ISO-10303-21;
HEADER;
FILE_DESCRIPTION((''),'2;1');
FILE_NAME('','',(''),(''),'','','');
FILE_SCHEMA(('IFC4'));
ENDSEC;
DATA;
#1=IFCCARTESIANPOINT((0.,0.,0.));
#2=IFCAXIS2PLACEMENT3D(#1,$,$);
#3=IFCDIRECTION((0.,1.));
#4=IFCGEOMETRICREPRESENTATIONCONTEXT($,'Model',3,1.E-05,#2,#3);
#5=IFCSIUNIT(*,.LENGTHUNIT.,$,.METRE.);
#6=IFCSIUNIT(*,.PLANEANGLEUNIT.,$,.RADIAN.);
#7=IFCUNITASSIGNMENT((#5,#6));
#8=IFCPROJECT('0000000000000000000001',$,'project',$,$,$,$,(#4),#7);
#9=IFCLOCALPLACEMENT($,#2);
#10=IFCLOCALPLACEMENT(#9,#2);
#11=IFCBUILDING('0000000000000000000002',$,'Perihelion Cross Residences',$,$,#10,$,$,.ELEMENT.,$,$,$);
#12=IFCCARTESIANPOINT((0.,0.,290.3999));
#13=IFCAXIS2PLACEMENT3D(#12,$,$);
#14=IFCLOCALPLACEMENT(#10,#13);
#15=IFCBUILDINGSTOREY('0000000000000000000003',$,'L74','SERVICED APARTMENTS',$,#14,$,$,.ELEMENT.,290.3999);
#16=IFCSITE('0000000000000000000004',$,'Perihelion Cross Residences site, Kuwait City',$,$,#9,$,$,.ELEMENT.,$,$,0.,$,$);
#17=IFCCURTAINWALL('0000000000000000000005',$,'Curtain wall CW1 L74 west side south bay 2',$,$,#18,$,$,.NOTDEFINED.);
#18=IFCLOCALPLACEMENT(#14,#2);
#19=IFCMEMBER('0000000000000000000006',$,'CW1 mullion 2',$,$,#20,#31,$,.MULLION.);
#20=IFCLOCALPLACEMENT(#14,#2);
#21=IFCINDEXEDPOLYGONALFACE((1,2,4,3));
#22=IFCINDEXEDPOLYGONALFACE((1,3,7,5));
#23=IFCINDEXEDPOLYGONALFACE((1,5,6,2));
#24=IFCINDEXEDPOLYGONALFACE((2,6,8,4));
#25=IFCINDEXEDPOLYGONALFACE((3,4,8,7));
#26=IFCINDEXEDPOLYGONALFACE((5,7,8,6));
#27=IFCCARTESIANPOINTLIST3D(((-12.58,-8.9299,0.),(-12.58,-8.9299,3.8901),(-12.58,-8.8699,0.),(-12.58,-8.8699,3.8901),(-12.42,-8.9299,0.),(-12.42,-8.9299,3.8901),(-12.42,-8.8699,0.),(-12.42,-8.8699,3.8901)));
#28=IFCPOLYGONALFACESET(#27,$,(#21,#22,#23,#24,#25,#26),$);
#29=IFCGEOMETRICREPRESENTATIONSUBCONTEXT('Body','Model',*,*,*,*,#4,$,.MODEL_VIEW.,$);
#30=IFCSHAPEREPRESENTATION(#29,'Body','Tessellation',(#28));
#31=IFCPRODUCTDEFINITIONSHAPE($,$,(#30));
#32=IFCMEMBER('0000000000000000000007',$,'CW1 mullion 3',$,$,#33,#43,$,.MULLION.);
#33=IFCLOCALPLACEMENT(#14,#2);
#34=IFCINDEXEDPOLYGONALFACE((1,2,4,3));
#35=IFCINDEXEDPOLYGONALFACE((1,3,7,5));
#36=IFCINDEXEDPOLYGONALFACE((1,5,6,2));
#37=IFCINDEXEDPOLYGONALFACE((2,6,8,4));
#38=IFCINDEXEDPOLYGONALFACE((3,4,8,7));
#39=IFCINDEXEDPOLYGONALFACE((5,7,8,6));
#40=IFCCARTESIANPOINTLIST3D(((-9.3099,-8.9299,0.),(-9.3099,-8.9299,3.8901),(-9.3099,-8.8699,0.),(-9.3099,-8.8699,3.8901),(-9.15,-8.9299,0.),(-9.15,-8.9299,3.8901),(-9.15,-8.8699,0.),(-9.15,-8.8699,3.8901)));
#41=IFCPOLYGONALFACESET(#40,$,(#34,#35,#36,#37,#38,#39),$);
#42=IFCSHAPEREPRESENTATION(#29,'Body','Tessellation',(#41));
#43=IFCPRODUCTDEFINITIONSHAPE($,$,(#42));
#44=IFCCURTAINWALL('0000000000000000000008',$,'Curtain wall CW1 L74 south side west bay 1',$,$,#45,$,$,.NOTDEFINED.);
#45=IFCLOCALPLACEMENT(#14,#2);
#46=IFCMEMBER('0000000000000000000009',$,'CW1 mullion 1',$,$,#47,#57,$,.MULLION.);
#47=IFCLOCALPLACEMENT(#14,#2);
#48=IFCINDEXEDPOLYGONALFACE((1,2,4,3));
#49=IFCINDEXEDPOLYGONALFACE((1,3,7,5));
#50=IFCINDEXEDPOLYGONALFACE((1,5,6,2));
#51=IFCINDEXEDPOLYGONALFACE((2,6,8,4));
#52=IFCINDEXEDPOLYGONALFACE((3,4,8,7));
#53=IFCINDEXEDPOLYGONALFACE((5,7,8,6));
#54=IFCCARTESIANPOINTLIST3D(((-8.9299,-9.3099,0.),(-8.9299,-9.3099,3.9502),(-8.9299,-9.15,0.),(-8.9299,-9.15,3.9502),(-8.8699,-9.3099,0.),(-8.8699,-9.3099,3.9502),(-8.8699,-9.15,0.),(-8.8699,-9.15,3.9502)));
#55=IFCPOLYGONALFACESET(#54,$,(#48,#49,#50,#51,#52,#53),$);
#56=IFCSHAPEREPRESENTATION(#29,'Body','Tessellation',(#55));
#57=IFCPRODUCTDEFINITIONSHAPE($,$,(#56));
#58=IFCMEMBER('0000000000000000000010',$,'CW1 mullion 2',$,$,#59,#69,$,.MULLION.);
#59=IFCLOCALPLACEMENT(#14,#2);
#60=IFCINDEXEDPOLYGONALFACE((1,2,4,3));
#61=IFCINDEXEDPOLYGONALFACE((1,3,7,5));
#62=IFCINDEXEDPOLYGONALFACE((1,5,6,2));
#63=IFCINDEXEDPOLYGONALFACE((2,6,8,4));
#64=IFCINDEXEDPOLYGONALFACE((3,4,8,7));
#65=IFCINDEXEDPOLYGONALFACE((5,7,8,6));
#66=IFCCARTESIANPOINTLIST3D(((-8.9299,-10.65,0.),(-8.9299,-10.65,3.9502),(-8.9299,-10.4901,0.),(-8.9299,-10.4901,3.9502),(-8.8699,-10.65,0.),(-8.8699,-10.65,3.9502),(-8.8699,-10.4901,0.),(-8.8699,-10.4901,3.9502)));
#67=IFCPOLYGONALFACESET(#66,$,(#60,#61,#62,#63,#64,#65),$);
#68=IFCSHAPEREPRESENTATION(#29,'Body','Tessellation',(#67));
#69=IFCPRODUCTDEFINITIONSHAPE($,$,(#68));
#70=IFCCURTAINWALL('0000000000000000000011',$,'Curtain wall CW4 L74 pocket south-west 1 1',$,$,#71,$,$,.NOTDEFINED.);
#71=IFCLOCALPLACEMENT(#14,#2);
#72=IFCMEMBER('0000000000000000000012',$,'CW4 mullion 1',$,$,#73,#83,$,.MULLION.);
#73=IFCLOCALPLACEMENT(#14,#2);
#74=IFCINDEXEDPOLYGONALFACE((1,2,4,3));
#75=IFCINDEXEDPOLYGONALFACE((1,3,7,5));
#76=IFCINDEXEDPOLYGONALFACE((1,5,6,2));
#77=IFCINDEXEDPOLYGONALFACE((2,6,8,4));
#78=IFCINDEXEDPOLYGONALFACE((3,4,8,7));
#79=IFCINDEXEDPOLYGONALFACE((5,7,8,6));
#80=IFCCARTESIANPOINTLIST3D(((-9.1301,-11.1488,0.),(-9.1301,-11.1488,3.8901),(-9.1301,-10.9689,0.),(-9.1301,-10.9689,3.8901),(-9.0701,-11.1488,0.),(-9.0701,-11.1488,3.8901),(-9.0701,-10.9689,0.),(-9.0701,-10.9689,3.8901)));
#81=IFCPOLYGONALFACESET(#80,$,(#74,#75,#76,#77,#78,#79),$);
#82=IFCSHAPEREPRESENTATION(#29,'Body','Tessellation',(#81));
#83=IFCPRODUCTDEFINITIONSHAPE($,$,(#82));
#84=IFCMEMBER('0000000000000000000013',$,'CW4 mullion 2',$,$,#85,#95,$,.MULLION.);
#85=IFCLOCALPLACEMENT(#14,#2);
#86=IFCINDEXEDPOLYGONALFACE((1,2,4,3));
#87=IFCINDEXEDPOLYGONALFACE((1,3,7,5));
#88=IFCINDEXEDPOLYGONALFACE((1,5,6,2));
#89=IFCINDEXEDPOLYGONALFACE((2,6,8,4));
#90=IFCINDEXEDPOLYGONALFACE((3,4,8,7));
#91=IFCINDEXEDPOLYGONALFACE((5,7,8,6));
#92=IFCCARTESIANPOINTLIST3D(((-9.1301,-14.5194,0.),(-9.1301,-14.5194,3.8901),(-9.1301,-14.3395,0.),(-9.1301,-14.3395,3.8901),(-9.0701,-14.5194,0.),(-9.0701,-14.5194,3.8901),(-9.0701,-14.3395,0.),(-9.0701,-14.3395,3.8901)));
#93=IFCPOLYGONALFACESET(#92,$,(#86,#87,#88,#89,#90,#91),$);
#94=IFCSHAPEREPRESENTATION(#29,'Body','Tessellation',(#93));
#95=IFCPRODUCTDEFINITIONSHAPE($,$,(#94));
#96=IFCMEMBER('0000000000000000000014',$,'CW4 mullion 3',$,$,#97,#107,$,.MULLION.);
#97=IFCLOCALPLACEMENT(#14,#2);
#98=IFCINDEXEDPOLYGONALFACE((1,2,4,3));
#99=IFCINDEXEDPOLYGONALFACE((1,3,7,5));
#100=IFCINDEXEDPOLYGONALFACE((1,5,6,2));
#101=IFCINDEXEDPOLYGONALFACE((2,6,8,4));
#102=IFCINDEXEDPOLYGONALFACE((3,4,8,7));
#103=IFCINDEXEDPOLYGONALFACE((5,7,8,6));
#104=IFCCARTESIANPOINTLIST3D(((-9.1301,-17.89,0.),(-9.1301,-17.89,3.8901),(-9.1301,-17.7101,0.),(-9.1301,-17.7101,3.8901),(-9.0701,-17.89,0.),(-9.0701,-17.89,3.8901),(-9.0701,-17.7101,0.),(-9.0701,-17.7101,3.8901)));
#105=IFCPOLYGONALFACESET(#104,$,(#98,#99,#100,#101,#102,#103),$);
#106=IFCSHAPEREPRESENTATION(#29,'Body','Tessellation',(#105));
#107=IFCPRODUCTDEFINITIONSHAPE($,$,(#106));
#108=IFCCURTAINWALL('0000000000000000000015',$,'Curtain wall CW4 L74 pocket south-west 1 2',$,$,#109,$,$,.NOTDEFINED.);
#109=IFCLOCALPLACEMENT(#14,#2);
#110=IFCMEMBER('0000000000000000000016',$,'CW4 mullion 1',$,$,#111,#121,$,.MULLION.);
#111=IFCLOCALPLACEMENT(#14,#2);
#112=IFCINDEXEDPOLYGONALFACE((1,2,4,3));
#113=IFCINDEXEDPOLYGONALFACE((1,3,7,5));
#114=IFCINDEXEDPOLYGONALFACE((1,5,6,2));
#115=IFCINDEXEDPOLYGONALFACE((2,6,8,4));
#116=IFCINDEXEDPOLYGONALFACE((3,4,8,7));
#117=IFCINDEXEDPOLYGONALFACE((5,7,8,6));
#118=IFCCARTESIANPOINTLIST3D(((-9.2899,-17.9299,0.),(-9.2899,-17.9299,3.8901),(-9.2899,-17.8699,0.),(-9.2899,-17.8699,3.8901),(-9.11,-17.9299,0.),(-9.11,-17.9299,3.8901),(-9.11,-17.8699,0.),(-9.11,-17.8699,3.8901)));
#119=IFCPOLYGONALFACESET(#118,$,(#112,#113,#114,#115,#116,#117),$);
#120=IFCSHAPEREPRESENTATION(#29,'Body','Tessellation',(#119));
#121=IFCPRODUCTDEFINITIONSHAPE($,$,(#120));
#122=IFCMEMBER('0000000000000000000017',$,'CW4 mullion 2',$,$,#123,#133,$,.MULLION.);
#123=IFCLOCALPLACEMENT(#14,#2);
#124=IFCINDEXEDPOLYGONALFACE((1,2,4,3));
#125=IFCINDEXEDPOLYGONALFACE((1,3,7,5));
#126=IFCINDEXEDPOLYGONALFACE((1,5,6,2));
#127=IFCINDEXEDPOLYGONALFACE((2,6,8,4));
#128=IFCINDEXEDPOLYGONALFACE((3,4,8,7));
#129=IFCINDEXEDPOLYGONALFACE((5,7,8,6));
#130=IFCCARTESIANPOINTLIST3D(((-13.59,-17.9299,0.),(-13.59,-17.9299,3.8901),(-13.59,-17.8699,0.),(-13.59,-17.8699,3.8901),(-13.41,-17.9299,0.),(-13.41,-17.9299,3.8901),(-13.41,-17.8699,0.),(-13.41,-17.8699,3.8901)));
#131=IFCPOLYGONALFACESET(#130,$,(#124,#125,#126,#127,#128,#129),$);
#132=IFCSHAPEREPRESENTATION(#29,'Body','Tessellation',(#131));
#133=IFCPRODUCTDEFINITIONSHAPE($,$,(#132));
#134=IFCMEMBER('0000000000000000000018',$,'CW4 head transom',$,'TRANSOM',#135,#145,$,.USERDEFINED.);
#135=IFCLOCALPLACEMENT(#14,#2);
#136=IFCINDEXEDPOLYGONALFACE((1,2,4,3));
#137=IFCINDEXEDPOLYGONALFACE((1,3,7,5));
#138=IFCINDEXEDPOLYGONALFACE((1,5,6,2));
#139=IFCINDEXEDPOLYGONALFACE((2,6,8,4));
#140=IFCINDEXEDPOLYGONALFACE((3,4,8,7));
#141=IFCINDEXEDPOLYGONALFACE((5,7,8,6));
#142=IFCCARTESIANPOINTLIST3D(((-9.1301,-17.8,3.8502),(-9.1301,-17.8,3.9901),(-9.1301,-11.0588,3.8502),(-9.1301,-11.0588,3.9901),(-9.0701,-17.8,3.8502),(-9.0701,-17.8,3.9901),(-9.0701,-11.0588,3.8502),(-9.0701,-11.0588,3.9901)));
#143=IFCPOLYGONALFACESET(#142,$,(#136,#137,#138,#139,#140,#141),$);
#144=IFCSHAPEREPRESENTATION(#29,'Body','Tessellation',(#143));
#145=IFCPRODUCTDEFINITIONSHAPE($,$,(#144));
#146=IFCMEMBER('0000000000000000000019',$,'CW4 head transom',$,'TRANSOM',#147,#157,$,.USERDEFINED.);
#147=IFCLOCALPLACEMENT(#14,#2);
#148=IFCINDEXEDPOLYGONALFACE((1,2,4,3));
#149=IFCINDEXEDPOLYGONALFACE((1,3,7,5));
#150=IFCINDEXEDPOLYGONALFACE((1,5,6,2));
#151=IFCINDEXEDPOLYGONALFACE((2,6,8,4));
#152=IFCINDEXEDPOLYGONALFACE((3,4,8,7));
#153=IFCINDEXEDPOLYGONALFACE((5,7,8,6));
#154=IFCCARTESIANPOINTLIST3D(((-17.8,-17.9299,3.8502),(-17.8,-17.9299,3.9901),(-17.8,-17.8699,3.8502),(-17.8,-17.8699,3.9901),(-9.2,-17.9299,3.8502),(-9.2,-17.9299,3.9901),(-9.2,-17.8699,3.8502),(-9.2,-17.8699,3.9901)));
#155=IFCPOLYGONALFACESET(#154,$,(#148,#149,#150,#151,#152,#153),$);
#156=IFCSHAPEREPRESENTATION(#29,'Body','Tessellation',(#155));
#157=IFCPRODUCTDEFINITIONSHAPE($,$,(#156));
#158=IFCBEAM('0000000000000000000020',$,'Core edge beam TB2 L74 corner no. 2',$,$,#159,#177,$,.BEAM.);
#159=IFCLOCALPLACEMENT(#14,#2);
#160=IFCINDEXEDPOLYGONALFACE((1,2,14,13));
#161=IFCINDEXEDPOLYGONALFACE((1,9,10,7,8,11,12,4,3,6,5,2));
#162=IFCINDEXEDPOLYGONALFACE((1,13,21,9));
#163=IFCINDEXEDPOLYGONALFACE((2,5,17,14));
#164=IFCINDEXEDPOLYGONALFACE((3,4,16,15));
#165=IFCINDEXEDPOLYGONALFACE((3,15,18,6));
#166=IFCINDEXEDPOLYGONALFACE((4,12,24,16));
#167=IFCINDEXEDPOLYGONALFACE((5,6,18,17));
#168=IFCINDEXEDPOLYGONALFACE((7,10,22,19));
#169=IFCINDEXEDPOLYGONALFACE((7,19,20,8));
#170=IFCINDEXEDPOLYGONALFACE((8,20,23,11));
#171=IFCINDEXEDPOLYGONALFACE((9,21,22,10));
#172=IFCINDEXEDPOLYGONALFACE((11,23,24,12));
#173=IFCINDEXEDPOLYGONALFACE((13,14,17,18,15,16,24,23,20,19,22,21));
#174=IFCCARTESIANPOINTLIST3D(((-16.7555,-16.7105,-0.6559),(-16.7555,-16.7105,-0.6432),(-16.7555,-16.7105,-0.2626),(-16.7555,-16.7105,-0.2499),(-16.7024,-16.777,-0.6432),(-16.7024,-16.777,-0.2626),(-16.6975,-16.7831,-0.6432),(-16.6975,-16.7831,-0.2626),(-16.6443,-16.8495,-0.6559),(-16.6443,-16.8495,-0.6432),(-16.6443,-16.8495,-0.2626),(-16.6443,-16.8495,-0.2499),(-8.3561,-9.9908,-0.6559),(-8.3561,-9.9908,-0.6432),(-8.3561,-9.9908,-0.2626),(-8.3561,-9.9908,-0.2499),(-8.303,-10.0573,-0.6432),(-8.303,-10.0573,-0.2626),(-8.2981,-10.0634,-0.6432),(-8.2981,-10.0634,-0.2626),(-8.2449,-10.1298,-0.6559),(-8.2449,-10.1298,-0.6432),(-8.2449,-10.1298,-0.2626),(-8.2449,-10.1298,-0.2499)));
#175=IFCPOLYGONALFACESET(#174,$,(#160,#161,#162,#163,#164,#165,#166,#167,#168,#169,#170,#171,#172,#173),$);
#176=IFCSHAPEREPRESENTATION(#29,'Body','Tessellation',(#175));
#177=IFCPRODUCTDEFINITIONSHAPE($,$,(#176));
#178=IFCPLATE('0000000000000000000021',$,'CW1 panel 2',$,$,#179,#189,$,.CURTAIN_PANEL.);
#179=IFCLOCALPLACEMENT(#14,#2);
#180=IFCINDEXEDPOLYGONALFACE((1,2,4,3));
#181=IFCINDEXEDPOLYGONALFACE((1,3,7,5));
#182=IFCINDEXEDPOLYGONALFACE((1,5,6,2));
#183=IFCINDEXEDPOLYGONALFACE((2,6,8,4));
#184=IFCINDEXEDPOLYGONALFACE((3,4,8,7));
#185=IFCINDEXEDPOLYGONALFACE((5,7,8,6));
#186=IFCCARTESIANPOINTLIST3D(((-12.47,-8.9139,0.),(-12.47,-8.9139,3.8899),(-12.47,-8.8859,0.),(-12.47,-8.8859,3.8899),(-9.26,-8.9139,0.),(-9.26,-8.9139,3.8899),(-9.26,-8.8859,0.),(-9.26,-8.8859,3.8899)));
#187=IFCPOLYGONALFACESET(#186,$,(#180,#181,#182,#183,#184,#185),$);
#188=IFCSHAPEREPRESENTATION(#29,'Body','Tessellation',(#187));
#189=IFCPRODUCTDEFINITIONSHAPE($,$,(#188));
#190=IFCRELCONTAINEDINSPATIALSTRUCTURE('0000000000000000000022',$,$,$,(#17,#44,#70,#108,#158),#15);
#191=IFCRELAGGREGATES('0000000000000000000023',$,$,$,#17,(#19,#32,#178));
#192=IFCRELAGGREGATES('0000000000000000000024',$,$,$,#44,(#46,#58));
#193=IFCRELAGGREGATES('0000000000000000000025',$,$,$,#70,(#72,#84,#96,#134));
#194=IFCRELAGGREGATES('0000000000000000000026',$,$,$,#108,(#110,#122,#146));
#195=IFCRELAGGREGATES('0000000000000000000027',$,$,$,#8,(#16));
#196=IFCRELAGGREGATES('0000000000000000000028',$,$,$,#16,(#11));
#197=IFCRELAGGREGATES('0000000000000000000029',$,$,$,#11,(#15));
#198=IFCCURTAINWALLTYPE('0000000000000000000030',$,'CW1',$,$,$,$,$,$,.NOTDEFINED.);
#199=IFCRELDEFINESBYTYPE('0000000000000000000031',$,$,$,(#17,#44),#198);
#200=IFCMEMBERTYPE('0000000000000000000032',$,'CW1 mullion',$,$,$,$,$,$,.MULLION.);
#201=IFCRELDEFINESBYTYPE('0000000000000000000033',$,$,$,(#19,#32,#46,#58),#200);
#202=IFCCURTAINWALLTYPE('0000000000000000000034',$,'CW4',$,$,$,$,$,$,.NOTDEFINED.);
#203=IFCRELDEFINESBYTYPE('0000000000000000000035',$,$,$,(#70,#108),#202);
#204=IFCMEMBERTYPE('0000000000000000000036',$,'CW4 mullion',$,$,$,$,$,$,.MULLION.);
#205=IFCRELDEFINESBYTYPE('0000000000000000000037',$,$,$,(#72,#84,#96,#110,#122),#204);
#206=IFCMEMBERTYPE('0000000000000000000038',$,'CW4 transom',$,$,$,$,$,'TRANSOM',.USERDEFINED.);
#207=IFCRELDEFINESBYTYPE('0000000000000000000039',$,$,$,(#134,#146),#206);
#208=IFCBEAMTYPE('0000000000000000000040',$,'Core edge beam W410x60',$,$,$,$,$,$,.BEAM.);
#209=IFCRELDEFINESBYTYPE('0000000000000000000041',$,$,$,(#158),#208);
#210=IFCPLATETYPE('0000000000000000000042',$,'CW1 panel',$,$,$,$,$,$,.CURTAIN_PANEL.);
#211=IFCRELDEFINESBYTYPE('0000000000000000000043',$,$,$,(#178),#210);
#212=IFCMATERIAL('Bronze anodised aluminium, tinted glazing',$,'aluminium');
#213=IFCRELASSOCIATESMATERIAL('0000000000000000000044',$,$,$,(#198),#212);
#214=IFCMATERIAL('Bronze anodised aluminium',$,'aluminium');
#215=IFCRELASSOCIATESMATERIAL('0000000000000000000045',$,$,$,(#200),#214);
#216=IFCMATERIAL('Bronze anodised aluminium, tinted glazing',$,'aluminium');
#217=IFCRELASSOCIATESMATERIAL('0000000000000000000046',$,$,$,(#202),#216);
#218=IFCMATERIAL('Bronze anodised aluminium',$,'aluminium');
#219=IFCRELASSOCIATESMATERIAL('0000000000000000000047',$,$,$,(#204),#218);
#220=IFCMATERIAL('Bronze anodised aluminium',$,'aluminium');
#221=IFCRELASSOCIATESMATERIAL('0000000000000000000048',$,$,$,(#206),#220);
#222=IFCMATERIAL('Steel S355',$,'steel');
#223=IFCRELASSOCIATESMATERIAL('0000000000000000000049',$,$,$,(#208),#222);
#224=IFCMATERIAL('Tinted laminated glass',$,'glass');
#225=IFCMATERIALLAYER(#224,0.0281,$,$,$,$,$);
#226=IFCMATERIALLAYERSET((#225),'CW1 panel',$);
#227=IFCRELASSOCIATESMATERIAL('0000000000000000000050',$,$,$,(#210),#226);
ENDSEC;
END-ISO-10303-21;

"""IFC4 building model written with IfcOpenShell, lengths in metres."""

from ifc_helpers import new_model, si_unit, direction, frame, origin, origin_2d, place, context, subcontext, project, spatial, rectangle, i_section, extrude, material, layer, layer_set, material_profile, profile_set, type_object, element, aggregate, save


model = new_model("IFC4")

# Units and contexts
model_context = context("Model", 3, precision=1e-05, world=origin(), true_north=direction((0.0, 1.0)))
body_context = subcontext(model_context, "Body", "Model", "MODEL_VIEW")
ifc_project = project(units=[si_unit("LENGTHUNIT", "METRE"), si_unit("PLANEANGLEUNIT", "RADIAN")], contexts=[model_context])

# Site, building, storey
site_placement = place(None, origin())
site = spatial("IfcSite", under=ifc_project, at=site_placement, Name="Perihelion Cross Residences site, Kuwait City", CompositionType="ELEMENT", RefElevation=0.0)
building_placement = place(site_placement, origin())
building = spatial("IfcBuilding", under=site, at=building_placement, Name="Perihelion Cross Residences", CompositionType="ELEMENT")
storey_placement = place(building_placement, frame((0.0, 0.0, 290.3999)))
storey = spatial("IfcBuildingStorey", under=building, at=storey_placement, Name="L74", Description="SERVICED APARTMENTS", CompositionType="ELEMENT", Elevation=290.3999)

# Curtain walls, members
ifc_material_1 = material(Name="Bronze anodised aluminium, tinted glazing", Category="aluminium")
curtain_wall_type_1 = type_object("IfcCurtainWallType", Name="CW1", PredefinedType="NOTDEFINED", material=ifc_material_1)
curtain_wall_1_placement = place(storey_placement, origin())
curtain_wall_1 = element("IfcCurtainWall", 1, at=curtain_wall_1_placement, inside=storey, type_object=curtain_wall_type_1, Name="Curtain wall CW1 L74 west side south bay 2", PredefinedType="NOTDEFINED")
ifc_material_2 = material(Name="Bronze anodised aluminium", Category="aluminium")
ifc_material_profile_1 = material_profile(ifc_material_2, rectangle(XDim=0.0601, YDim=0.1599, at=origin_2d()), Name="CW1 mullion")
ifc_profile_set_1 = profile_set([ifc_material_profile_1], Name="Bronze anodised aluminium")
member_type_1 = type_object("IfcMemberType", Name="CW1 mullion", PredefinedType="MULLION", material=ifc_profile_set_1)
member_1_placement = place(storey_placement, frame((-12.5, -8.8999, 0.0), z_axis=(0.0, 0.0, 1.0), x_axis=(0.0, 1.0, 0.0)))
member_1 = element("IfcMember", 2, at=member_1_placement, type_object=member_type_1, Name="CW1 mullion 2", PredefinedType="MULLION", context=body_context, shape_type="SweptSolid", body=[
    extrude(rectangle(XDim=0.0601, YDim=0.1599, at=origin_2d()), origin(), (0.0, 0.0, 1.0), 3.8901),
])
member_2_placement = place(storey_placement, frame((-9.23, -8.8999, 0.0), z_axis=(0.0, 0.0, 1.0), x_axis=(0.0, 1.0, 0.0)))
member_2 = element("IfcMember", 3, at=member_2_placement, type_object=member_type_1, Name="CW1 mullion 3", PredefinedType="MULLION", context=body_context, shape_type="SweptSolid", body=[
    extrude(rectangle(XDim=0.0601, YDim=0.1599, at=origin_2d()), origin(), (0.0, 0.0, 1.0), 3.8901),
])
curtain_wall_2_placement = place(storey_placement, origin())
curtain_wall_2 = element("IfcCurtainWall", 4, at=curtain_wall_2_placement, inside=storey, type_object=curtain_wall_type_1, Name="Curtain wall CW1 L74 south side west bay 1", PredefinedType="NOTDEFINED")
member_3_placement = place(storey_placement, frame((-8.8999, -9.23, 0.0), z_axis=(0.0, 0.0, 1.0), x_axis=(1.0, 0.0, 0.0)))
member_3 = element("IfcMember", 5, at=member_3_placement, type_object=member_type_1, Name="CW1 mullion 1", PredefinedType="MULLION", context=body_context, shape_type="SweptSolid", body=[
    extrude(rectangle(XDim=0.0601, YDim=0.1599, at=origin_2d()), origin(), (0.0, 0.0, 1.0), 3.9502),
])
member_4_placement = place(storey_placement, frame((-8.8999, -10.5701, 0.0), z_axis=(0.0, 0.0, 1.0), x_axis=(1.0, 0.0, 0.0)))
member_4 = element("IfcMember", 6, at=member_4_placement, type_object=member_type_1, Name="CW1 mullion 2", PredefinedType="MULLION", context=body_context, shape_type="SweptSolid", body=[
    extrude(rectangle(XDim=0.0601, YDim=0.1599, at=origin_2d()), origin(), (0.0, 0.0, 1.0), 3.9502),
])
ifc_material_3 = material(Name="Bronze anodised aluminium, tinted glazing", Category="aluminium")
curtain_wall_type_2 = type_object("IfcCurtainWallType", Name="CW4", PredefinedType="NOTDEFINED", material=ifc_material_3)
curtain_wall_3_placement = place(storey_placement, origin())
curtain_wall_3 = element("IfcCurtainWall", 7, at=curtain_wall_3_placement, inside=storey, type_object=curtain_wall_type_2, Name="Curtain wall CW4 L74 pocket south-west 1 1", PredefinedType="NOTDEFINED")
ifc_material_4 = material(Name="Bronze anodised aluminium", Category="aluminium")
ifc_material_profile_2 = material_profile(ifc_material_4, rectangle(XDim=0.0601, YDim=0.1799, at=origin_2d()), Name="CW4 mullion")
ifc_profile_set_2 = profile_set([ifc_material_profile_2], Name="Bronze anodised aluminium")
member_type_2 = type_object("IfcMemberType", Name="CW4 mullion", PredefinedType="MULLION", material=ifc_profile_set_2)
member_5_placement = place(storey_placement, frame((-9.1001, -11.0588, 0.0), z_axis=(0.0, 0.0, 1.0), x_axis=(1.0, 0.0, 0.0)))
member_5 = element("IfcMember", 8, at=member_5_placement, type_object=member_type_2, Name="CW4 mullion 1", PredefinedType="MULLION", context=body_context, shape_type="SweptSolid", body=[
    extrude(rectangle(XDim=0.0601, YDim=0.1799, at=origin_2d()), origin(), (0.0, 0.0, 1.0), 3.8901),
])
member_6_placement = place(storey_placement, frame((-9.1001, -14.4294, 0.0), z_axis=(0.0, 0.0, 1.0), x_axis=(1.0, 0.0, 0.0)))
member_6 = element("IfcMember", 9, at=member_6_placement, type_object=member_type_2, Name="CW4 mullion 2", PredefinedType="MULLION", context=body_context, shape_type="SweptSolid", body=[
    extrude(rectangle(XDim=0.0601, YDim=0.1799, at=origin_2d()), origin(), (0.0, 0.0, 1.0), 3.8901),
])
member_7_placement = place(storey_placement, frame((-9.1001, -17.8, 0.0), z_axis=(0.0, 0.0, 1.0), x_axis=(1.0, 0.0, 0.0)))
member_7 = element("IfcMember", 10, at=member_7_placement, type_object=member_type_2, Name="CW4 mullion 3", PredefinedType="MULLION", context=body_context, shape_type="SweptSolid", body=[
    extrude(rectangle(XDim=0.0601, YDim=0.1799, at=origin_2d()), origin(), (0.0, 0.0, 1.0), 3.8901),
])
curtain_wall_4_placement = place(storey_placement, origin())
curtain_wall_4 = element("IfcCurtainWall", 11, at=curtain_wall_4_placement, inside=storey, type_object=curtain_wall_type_2, Name="Curtain wall CW4 L74 pocket south-west 1 2", PredefinedType="NOTDEFINED")
member_8_placement = place(storey_placement, frame((-9.2, -17.8999, 0.0), z_axis=(0.0, 0.0, 1.0), x_axis=(0.0, -1.0, 0.0)))
member_8 = element("IfcMember", 12, at=member_8_placement, type_object=member_type_2, Name="CW4 mullion 1", PredefinedType="MULLION", context=body_context, shape_type="SweptSolid", body=[
    extrude(rectangle(XDim=0.0601, YDim=0.1799, at=origin_2d()), origin(), (0.0, 0.0, 1.0), 3.8901),
])
member_9_placement = place(storey_placement, frame((-13.5, -17.8999, 0.0), z_axis=(0.0, 0.0, 1.0), x_axis=(0.0, -1.0, 0.0)))
member_9 = element("IfcMember", 13, at=member_9_placement, type_object=member_type_2, Name="CW4 mullion 2", PredefinedType="MULLION", context=body_context, shape_type="SweptSolid", body=[
    extrude(rectangle(XDim=0.0601, YDim=0.1799, at=origin_2d()), origin(), (0.0, 0.0, 1.0), 3.8901),
])

# Members
ifc_material_5 = material(Name="Bronze anodised aluminium", Category="aluminium")
ifc_material_profile_3 = material_profile(ifc_material_5, rectangle(XDim=0.0601, YDim=0.1399, at=origin_2d()), Name="CW4 transom")
ifc_profile_set_3 = profile_set([ifc_material_profile_3], Name="Bronze anodised aluminium")
member_type_3 = type_object("IfcMemberType", Name="CW4 transom", ElementType="TRANSOM", PredefinedType="USERDEFINED", material=ifc_profile_set_3)
member_10_placement = place(storey_placement, frame((-9.1001, -11.0588, 3.9202), z_axis=(0.0, -1.0, 0.0), x_axis=(1.0, 0.0, 0.0)))
member_10 = element("IfcMember", 14, at=member_10_placement, type_object=member_type_3, Name="CW4 head transom", ObjectType="TRANSOM", PredefinedType="USERDEFINED", context=body_context, shape_type="SweptSolid", body=[
    extrude(rectangle(XDim=0.0601, YDim=0.1399, at=origin_2d()), origin(), (0.0, 0.0, 1.0), 6.7412),
])
member_11_placement = place(storey_placement, frame((-9.2, -17.8999, 3.9202), z_axis=(-1.0, 0.0, 0.0), x_axis=(0.0, -1.0, 0.0)))
member_11 = element("IfcMember", 15, at=member_11_placement, type_object=member_type_3, Name="CW4 head transom", ObjectType="TRANSOM", PredefinedType="USERDEFINED", context=body_context, shape_type="SweptSolid", body=[
    extrude(rectangle(XDim=0.0601, YDim=0.1399, at=origin_2d()), origin(), (0.0, 0.0, 1.0), 8.6001),
])

# Beam
ifc_material_6 = material(Name="Steel S355", Category="steel")
ifc_material_profile_4 = material_profile(ifc_material_6, i_section(OverallWidth=0.178, OverallDepth=0.406, WebThickness=0.0078, FlangeThickness=0.0127, at=origin_2d()), Name="W410x60")
ifc_profile_set_4 = profile_set([ifc_material_profile_4], Name="Steel S355")
beam_type = type_object("IfcBeamType", Name="Core edge beam W410x60", PredefinedType="BEAM", material=ifc_profile_set_4)
beam_placement = place(storey_placement, frame((-8.3005, -10.0603, -0.4529), z_axis=(-0.78086, -0.624706, 0.0), x_axis=(0.624706, -0.78086, 0.0)))
element("IfcBeam", 16, at=beam_placement, inside=storey, type_object=beam_type, Name="Core edge beam TB2 L74 corner no. 2", PredefinedType="BEAM", context=body_context, shape_type="SweptSolid", body=[
    extrude(i_section(OverallWidth=0.178, OverallDepth=0.406, WebThickness=0.0078, FlangeThickness=0.0127, at=origin_2d()), origin(), (0.0, 0.0, 1.0), 10.7566),
])

# Plate
ifc_material_7 = material(Name="Tinted laminated glass", Category="glass")
ifc_layer_1 = layer(ifc_material_7, 0.0281)
ifc_layer_set_1 = layer_set([ifc_layer_1], Name="CW1 panel")
plate_type_1 = type_object("IfcPlateType", Name="CW1 panel", PredefinedType="CURTAIN_PANEL", material=ifc_layer_set_1)
plate_1_placement = place(storey_placement, frame((-10.865, -8.8999, 0.0), z_axis=(0.0, 0.0, 1.0), x_axis=(1.0, 0.0, 0.0)))
plate_1 = element("IfcPlate", 17, at=plate_1_placement, type_object=plate_type_1, Name="CW1 panel 2", PredefinedType="CURTAIN_PANEL", context=body_context, shape_type="SweptSolid", body=[
    extrude(rectangle(XDim=3.21, YDim=0.0281, at=origin_2d()), origin(), (0.0, 0.0, 1.0), 3.8899),
])
aggregate(curtain_wall_1, [member_1, member_2, plate_1])
aggregate(curtain_wall_2, [member_3, member_4])
aggregate(curtain_wall_3, [member_5, member_6, member_7, member_10])
aggregate(curtain_wall_4, [member_8, member_9, member_11])

save(model, "model.ifc")
